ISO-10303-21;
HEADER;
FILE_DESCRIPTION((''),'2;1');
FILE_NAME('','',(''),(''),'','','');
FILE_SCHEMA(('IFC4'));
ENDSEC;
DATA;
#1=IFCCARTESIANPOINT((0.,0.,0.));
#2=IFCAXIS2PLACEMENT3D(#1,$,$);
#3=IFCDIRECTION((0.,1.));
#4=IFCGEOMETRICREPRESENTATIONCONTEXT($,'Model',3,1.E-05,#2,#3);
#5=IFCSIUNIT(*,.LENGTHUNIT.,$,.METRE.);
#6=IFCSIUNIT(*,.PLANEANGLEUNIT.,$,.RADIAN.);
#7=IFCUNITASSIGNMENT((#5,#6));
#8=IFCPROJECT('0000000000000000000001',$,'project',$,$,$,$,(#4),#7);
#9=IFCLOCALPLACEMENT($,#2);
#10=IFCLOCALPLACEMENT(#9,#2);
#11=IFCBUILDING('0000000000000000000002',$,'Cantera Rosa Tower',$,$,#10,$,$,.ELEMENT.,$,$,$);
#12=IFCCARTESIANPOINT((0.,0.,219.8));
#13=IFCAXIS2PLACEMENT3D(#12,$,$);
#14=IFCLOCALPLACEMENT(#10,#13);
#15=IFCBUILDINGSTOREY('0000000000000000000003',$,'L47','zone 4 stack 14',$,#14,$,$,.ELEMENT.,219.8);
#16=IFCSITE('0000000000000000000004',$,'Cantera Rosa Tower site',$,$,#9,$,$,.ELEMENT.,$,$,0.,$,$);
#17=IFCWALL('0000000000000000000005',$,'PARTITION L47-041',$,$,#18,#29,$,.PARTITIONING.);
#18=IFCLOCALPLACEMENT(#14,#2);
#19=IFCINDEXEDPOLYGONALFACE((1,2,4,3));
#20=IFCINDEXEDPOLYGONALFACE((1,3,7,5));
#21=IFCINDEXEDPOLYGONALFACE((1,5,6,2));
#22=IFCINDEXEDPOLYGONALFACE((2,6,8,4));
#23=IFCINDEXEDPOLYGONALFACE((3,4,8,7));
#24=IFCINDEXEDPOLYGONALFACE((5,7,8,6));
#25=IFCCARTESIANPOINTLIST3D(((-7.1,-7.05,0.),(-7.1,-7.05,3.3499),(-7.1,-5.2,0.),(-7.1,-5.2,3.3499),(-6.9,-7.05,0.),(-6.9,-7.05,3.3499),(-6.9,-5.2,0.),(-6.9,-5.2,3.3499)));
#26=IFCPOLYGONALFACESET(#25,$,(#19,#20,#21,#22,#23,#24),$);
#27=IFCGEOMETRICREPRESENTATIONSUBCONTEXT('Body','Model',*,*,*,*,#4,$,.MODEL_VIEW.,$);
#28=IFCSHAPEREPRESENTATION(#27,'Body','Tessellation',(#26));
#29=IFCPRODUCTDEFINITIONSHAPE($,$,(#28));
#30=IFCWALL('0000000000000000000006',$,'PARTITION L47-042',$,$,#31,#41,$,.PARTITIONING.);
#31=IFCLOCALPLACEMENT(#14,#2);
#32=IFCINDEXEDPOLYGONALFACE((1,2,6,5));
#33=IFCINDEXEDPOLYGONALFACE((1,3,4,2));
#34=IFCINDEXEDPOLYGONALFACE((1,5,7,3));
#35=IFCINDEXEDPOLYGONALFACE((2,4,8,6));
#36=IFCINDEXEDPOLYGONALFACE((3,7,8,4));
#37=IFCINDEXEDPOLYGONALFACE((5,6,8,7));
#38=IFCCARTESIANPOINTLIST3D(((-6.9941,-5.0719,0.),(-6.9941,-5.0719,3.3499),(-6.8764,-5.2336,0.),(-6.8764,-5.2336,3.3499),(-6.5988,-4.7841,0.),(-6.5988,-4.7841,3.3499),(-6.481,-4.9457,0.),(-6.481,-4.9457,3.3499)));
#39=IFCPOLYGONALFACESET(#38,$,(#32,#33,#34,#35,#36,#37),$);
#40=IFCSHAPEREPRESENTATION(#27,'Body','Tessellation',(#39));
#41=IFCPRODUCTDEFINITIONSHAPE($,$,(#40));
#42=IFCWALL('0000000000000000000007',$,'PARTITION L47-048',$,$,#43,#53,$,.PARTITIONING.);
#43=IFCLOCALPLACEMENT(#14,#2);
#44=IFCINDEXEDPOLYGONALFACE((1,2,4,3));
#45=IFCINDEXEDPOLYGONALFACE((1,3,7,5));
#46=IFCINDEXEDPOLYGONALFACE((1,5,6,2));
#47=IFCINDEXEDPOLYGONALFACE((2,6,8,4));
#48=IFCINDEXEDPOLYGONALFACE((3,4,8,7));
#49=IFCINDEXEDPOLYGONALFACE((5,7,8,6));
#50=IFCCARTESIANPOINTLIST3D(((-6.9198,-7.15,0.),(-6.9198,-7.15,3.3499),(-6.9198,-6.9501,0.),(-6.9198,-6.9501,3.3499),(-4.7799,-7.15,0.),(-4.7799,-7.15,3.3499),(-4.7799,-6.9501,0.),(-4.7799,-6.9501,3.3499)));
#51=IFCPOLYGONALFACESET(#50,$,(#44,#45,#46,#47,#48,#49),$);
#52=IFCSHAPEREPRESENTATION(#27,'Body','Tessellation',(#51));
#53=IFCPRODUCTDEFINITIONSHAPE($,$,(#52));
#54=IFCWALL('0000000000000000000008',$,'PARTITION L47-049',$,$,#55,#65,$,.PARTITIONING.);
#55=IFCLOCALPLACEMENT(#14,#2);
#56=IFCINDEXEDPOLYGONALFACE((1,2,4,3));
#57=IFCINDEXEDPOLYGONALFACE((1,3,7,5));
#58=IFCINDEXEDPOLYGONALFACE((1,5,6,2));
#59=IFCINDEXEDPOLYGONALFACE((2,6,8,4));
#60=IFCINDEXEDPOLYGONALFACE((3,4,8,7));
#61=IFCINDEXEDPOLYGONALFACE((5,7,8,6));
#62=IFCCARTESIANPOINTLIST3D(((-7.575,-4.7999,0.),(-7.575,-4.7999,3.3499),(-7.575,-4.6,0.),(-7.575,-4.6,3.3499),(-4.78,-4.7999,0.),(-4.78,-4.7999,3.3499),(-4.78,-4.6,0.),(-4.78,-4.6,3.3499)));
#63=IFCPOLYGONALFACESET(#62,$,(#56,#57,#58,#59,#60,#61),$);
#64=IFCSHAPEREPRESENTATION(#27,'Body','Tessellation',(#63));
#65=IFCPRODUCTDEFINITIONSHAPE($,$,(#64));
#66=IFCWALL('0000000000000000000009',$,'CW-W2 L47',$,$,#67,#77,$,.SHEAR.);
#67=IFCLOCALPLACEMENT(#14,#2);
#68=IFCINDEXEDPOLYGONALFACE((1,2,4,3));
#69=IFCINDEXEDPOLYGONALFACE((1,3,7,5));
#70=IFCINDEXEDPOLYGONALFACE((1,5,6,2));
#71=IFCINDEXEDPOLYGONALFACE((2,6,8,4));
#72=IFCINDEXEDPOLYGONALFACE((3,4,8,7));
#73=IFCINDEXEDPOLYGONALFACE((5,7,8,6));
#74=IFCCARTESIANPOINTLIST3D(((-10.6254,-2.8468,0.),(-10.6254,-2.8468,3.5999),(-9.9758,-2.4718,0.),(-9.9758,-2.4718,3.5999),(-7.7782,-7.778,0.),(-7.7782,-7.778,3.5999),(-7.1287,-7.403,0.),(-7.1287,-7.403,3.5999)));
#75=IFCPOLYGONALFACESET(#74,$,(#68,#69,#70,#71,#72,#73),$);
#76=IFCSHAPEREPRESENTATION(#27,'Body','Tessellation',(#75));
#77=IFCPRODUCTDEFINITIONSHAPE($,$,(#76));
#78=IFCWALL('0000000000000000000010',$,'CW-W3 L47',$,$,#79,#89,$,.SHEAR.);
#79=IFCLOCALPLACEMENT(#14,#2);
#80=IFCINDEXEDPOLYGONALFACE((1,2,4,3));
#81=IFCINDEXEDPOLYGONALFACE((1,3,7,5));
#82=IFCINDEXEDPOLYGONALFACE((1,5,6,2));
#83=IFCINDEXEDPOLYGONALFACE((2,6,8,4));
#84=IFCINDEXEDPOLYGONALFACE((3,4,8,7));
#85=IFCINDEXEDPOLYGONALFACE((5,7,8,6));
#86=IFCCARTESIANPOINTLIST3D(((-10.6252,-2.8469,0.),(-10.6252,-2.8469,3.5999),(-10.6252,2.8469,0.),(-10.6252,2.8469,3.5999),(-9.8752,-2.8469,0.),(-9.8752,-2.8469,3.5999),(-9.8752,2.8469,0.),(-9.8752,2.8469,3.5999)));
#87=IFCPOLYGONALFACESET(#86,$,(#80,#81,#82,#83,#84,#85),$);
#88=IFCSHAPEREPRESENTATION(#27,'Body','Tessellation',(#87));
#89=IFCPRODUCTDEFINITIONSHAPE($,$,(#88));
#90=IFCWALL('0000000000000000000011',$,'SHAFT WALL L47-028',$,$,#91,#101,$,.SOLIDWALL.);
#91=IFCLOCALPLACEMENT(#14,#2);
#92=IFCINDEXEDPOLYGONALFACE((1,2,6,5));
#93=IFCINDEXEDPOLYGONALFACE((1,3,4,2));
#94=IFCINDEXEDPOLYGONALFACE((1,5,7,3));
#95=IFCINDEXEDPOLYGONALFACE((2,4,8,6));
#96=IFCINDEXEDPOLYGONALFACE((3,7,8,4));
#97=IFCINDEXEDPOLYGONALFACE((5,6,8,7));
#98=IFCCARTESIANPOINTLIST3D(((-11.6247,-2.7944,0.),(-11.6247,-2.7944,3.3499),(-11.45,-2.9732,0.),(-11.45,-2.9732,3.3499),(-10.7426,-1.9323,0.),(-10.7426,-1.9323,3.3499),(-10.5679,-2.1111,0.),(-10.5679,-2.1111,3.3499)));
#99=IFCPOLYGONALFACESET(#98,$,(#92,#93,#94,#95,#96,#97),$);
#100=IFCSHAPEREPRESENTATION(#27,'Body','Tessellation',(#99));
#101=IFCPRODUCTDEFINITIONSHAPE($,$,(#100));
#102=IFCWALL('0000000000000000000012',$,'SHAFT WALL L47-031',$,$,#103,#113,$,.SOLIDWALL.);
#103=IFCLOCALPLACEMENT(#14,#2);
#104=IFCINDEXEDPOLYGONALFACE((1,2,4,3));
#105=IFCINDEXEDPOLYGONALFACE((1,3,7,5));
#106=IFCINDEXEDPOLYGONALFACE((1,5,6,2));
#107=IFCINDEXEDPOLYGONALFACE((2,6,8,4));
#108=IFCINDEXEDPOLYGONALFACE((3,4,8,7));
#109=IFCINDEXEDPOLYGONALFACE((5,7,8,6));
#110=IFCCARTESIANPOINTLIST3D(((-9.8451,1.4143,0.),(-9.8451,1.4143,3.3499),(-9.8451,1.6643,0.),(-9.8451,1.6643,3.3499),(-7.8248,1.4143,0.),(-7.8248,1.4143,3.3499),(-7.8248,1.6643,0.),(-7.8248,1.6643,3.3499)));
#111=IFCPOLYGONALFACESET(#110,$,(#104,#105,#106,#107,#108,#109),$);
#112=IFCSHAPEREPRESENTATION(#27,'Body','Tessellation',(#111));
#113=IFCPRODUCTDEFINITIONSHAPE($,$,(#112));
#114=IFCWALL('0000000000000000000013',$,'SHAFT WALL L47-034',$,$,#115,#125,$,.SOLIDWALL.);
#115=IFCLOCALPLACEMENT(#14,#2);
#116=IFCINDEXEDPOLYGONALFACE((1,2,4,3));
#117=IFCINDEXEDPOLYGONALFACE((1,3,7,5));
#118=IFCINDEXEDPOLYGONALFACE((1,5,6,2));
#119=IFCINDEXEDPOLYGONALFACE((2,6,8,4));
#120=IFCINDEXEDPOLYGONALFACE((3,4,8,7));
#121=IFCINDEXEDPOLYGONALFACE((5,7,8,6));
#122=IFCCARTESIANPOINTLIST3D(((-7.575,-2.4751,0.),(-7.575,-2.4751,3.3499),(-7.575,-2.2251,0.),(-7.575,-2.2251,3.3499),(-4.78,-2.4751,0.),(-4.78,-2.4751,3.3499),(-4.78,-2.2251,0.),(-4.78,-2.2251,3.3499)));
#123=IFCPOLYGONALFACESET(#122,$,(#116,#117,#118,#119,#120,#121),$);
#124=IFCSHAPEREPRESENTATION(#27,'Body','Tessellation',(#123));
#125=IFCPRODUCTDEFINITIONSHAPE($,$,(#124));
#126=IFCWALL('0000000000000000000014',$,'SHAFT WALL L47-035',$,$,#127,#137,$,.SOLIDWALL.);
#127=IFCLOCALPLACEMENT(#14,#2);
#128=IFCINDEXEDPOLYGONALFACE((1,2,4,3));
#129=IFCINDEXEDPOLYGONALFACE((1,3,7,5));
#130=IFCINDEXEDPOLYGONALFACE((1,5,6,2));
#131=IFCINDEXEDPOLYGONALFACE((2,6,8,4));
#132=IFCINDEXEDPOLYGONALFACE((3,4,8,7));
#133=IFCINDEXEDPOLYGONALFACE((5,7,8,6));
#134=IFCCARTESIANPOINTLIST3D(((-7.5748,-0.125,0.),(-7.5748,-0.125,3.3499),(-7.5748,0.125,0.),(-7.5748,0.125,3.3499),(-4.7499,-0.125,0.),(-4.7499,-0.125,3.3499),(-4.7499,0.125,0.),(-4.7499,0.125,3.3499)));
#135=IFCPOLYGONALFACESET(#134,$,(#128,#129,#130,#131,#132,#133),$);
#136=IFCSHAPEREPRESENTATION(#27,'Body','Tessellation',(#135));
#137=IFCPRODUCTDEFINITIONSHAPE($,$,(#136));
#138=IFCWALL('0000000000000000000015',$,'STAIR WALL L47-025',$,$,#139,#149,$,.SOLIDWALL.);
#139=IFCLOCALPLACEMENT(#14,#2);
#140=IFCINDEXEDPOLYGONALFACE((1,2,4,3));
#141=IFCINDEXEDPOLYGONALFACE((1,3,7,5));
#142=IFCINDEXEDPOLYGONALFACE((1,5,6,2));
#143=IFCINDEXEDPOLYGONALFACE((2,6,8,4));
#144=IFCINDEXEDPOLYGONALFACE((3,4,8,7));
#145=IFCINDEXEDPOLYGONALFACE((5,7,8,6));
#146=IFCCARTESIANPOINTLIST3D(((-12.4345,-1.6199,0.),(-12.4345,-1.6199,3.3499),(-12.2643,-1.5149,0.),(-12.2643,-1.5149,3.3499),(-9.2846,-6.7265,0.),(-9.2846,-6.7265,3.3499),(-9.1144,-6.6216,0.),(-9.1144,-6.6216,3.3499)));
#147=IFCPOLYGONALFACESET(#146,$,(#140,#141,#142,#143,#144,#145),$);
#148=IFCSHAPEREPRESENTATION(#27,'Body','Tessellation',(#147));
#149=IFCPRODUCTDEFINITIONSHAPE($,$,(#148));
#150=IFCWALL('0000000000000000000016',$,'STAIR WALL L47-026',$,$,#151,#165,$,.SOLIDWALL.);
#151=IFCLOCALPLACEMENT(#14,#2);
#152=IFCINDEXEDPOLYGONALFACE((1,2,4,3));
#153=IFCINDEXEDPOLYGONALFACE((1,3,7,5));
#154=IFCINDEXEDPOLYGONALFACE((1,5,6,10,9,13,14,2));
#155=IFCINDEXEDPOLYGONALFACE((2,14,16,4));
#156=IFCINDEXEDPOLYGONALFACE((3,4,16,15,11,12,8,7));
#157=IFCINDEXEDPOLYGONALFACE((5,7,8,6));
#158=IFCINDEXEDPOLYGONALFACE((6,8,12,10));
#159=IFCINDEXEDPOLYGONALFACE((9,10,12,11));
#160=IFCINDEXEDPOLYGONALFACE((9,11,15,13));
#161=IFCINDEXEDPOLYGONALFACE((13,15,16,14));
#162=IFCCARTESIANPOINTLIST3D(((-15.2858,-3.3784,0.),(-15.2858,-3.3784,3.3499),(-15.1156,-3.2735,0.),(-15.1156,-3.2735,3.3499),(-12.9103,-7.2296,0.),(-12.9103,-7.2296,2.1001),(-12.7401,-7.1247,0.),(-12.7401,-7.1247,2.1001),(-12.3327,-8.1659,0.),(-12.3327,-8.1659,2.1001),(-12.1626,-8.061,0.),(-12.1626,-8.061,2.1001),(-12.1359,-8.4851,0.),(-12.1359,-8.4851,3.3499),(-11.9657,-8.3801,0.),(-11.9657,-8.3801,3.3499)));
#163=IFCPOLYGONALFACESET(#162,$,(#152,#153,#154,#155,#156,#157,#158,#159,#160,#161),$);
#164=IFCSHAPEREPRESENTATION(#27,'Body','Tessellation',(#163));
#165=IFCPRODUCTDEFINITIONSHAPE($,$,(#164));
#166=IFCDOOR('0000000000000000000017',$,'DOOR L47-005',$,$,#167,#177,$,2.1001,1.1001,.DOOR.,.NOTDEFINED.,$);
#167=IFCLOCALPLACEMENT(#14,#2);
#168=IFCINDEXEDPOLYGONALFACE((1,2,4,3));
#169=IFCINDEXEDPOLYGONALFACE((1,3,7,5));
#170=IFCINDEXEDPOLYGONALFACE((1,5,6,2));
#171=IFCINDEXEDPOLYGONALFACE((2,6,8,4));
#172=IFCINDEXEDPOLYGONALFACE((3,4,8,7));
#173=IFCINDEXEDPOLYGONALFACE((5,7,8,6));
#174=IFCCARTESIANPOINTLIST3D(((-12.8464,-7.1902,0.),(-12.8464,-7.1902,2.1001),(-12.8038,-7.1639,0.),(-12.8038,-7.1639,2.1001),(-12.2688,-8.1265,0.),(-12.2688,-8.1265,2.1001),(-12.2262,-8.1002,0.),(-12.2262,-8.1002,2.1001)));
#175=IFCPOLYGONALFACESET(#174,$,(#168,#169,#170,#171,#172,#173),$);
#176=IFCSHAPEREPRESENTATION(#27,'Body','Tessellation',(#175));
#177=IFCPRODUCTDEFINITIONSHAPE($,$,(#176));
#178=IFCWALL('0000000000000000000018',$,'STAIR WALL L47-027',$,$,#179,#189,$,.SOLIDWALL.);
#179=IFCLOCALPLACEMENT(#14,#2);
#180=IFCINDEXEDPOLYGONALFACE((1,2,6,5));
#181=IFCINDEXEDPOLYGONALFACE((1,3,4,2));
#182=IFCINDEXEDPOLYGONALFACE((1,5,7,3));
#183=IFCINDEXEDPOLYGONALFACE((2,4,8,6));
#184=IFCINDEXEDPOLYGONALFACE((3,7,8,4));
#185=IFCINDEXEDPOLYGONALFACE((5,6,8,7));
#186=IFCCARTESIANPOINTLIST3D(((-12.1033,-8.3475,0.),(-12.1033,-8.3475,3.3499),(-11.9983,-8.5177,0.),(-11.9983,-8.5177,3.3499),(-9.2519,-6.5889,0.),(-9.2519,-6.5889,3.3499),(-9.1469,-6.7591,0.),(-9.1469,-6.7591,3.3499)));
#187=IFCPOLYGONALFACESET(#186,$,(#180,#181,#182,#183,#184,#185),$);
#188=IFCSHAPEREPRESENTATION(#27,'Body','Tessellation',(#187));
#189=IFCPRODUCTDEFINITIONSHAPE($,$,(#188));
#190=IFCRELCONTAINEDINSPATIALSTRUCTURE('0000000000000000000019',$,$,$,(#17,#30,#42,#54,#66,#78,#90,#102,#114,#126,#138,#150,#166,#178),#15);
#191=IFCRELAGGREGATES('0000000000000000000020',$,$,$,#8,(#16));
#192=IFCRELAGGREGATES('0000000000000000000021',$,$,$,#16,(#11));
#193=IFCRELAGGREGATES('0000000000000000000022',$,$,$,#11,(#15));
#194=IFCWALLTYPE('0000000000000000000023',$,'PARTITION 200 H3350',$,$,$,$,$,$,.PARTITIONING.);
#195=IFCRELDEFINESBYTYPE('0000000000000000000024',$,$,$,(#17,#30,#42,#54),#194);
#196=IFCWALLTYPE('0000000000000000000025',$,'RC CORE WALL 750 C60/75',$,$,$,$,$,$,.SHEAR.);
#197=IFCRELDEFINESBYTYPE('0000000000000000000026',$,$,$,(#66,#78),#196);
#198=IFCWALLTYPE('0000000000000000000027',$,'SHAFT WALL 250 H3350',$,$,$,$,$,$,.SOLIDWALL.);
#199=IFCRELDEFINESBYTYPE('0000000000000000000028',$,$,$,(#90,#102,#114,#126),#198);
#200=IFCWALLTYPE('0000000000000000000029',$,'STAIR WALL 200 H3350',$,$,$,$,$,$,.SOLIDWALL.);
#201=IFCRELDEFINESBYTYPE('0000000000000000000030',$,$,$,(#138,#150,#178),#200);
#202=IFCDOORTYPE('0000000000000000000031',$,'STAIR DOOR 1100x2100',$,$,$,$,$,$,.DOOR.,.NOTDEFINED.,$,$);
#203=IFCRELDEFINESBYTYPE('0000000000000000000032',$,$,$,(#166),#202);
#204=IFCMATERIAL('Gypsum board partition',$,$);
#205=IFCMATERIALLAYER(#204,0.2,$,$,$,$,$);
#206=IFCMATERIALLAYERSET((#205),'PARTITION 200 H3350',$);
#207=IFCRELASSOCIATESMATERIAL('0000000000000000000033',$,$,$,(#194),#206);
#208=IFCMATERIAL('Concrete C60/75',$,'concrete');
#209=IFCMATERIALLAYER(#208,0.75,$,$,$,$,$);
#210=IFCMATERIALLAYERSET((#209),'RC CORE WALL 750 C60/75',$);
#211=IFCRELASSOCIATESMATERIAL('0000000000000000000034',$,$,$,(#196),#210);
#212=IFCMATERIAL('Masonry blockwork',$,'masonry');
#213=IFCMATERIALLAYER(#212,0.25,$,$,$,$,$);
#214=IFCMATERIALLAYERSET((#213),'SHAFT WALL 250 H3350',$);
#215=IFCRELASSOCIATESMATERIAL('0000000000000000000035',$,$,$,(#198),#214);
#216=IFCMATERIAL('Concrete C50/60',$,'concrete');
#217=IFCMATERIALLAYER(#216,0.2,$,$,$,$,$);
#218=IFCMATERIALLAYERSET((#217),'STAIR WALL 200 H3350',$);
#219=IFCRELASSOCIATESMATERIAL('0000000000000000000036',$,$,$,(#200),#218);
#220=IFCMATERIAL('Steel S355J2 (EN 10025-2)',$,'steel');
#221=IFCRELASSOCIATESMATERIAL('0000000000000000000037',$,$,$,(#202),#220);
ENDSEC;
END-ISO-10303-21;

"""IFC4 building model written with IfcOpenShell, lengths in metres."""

from ifc_helpers import new_model, si_unit, direction, frame, frame_2d, origin, place, context, subcontext, project, spatial, rectangle, extrude, material, layer, layer_set, type_object, element, fill, save


model = new_model("IFC4")

# Units and contexts
model_context = context("Model", 3, precision=1e-05, world=origin(), true_north=direction((0.0, 1.0)))
body_context = subcontext(model_context, "Body", "Model", "MODEL_VIEW")
ifc_project = project(units=[si_unit("LENGTHUNIT", "METRE"), si_unit("PLANEANGLEUNIT", "RADIAN")], contexts=[model_context])

# Site, building, storey
site_placement = place(None, origin())
site = spatial("IfcSite", under=ifc_project, at=site_placement, Name="Cantera Rosa Tower site", CompositionType="ELEMENT", RefElevation=0.0)
building_placement = place(site_placement, origin())
building = spatial("IfcBuilding", under=site, at=building_placement, Name="Cantera Rosa Tower", CompositionType="ELEMENT")
storey_placement = place(building_placement, frame((0.0, 0.0, 219.8)))
storey = spatial("IfcBuildingStorey", under=building, at=storey_placement, Name="L47", Description="zone 4 stack 14", CompositionType="ELEMENT", Elevation=219.8)

# Walls
ifc_material_1 = material(Name="Gypsum board partition")
ifc_layer_1 = layer(ifc_material_1, 0.2)
ifc_layer_set_1 = layer_set([ifc_layer_1], Name="PARTITION 200 H3350")
wall_type_1 = type_object("IfcWallType", Name="PARTITION 200 H3350", PredefinedType="PARTITIONING", material=ifc_layer_set_1)
wall_1_placement = place(storey_placement, frame((-7.0, -7.05, 0.0), z_axis=(0.0, 0.0, 1.0), x_axis=(0.0, 1.0, 0.0)))
element("IfcWall", 1, at=wall_1_placement, inside=storey, type_object=wall_type_1, Name="PARTITION L47-041", PredefinedType="PARTITIONING", context=body_context, shape_type="SweptSolid", body=[
    extrude(rectangle(XDim=1.8501, YDim=0.2, at=frame_2d((0.925, 0.0))), origin(), (0.0, 0.0, 1.0), 3.3499),
])
wall_2_placement = place(storey_placement, frame((-6.9353, -5.1528, 0.0), z_axis=(0.0, 0.0, 1.0), x_axis=(0.808369, 0.588676, 0.0)))
element("IfcWall", 2, at=wall_2_placement, inside=storey, type_object=wall_type_1, Name="PARTITION L47-042", PredefinedType="PARTITIONING", context=body_context, shape_type="SweptSolid", body=[
    extrude(rectangle(XDim=0.489, YDim=0.2, at=frame_2d((0.2446, 0.0))), origin(), (0.0, 0.0, 1.0), 3.3499),
])
wall_3_placement = place(storey_placement, frame((-4.78, -7.05, 0.0), z_axis=(0.0, 0.0, 1.0), x_axis=(-1.0, 0.0, 0.0)))
element("IfcWall", 3, at=wall_3_placement, inside=storey, type_object=wall_type_1, Name="PARTITION L47-048", PredefinedType="PARTITIONING", context=body_context, shape_type="SweptSolid", body=[
    extrude(rectangle(XDim=2.1399, YDim=0.2, at=frame_2d((1.0698, 0.0))), origin(), (0.0, 0.0, 1.0), 3.3499),
])
wall_4_placement = place(storey_placement, frame((-4.78, -4.7, 0.0), z_axis=(0.0, 0.0, 1.0), x_axis=(-1.0, 0.0, 0.0)))
element("IfcWall", 4, at=wall_4_placement, inside=storey, type_object=wall_type_1, Name="PARTITION L47-049", PredefinedType="PARTITIONING", context=body_context, shape_type="SweptSolid", body=[
    extrude(rectangle(XDim=2.7949, YDim=0.2, at=frame_2d((1.3975, 0.0))), origin(), (0.0, 0.0, 1.0), 3.3499),
])
ifc_material_2 = material(Name="Concrete C60/75", Category="concrete")
ifc_layer_2 = layer(ifc_material_2, 0.75)
ifc_layer_set_2 = layer_set([ifc_layer_2], Name="RC CORE WALL 750 C60/75")
wall_type_2 = type_object("IfcWallType", Name="RC CORE WALL 750 C60/75", PredefinedType="SHEAR", material=ifc_layer_set_2)
wall_5_placement = place(storey_placement, frame((-7.4534, -7.5906, 0.0), z_axis=(0.0, 0.0, 1.0), x_axis=(-0.500022, 0.866013, 0.0)))
element("IfcWall", 5, at=wall_5_placement, inside=storey, type_object=wall_type_2, Name="CW-W2 L47", PredefinedType="SHEAR", context=body_context, shape_type="SweptSolid", body=[
    extrude(rectangle(XDim=5.6941, YDim=0.75, at=frame_2d((2.8472, 0.0))), origin(), (0.0, 0.0, 1.0), 3.5999),
])
wall_6_placement = place(storey_placement, frame((-10.2502, -2.8469, 0.0), z_axis=(0.0, 0.0, 1.0), x_axis=(0.0, 1.0, 0.0)))
element("IfcWall", 6, at=wall_6_placement, inside=storey, type_object=wall_type_2, Name="CW-W3 L47", PredefinedType="SHEAR", context=body_context, shape_type="SweptSolid", body=[
    extrude(rectangle(XDim=5.6938, YDim=0.75, at=frame_2d((2.8469, 0.0))), origin(), (0.0, 0.0, 1.0), 3.5999),
])
ifc_material_3 = material(Name="Masonry blockwork", Category="masonry")
ifc_layer_3 = layer(ifc_material_3, 0.25)
ifc_layer_set_3 = layer_set([ifc_layer_3], Name="SHAFT WALL 250 H3350")
wall_type_3 = type_object("IfcWallType", Name="SHAFT WALL 250 H3350", PredefinedType="SOLIDWALL", material=ifc_layer_set_3)
wall_7_placement = place(storey_placement, frame((-11.5374, -2.8838, 0.0), z_axis=(0.0, 0.0, 1.0), x_axis=(0.715176, 0.698944, 0.0)))
element("IfcWall", 7, at=wall_7_placement, inside=storey, type_object=wall_type_3, Name="SHAFT WALL L47-028", PredefinedType="SOLIDWALL", context=body_context, shape_type="SweptSolid", body=[
    extrude(rectangle(XDim=1.2334, YDim=0.25, at=frame_2d((0.6167, 0.0))), origin(), (0.0, 0.0, 1.0), 3.3499),
])
wall_8_placement = place(storey_placement, frame((-9.8452, 1.5393, 0.0), z_axis=(0.0, 0.0, 1.0), x_axis=(1.0, 0.0, 0.0)))
element("IfcWall", 8, at=wall_8_placement, inside=storey, type_object=wall_type_3, Name="SHAFT WALL L47-031", PredefinedType="SOLIDWALL", context=body_context, shape_type="SweptSolid", body=[
    extrude(rectangle(XDim=2.0203, YDim=0.25, at=frame_2d((1.0103, 0.0))), origin(), (0.0, 0.0, 1.0), 3.3499),
])
wall_9_placement = place(storey_placement, frame((-7.575, -2.3501, 0.0), z_axis=(0.0, 0.0, 1.0), x_axis=(1.0, 0.0, 0.0)))
element("IfcWall", 9, at=wall_9_placement, inside=storey, type_object=wall_type_3, Name="SHAFT WALL L47-034", PredefinedType="SOLIDWALL", context=body_context, shape_type="SweptSolid", body=[
    extrude(rectangle(XDim=2.7949, YDim=0.25, at=frame_2d((1.3975, 0.0))), origin(), (0.0, 0.0, 1.0), 3.3499),
])
wall_10_placement = place(storey_placement, frame((-7.575, 0.0, 0.0), z_axis=(0.0, 0.0, 1.0), x_axis=(1.0, 0.0, 0.0)))
element("IfcWall", 10, at=wall_10_placement, inside=storey, type_object=wall_type_3, Name="SHAFT WALL L47-035", PredefinedType="SOLIDWALL", context=body_context, shape_type="SweptSolid", body=[
    extrude(rectangle(XDim=2.825, YDim=0.25, at=frame_2d((1.4126, 0.0))), origin(), (0.0, 0.0, 1.0), 3.3499),
])
ifc_material_4 = material(Name="Concrete C50/60", Category="concrete")
ifc_layer_4 = layer(ifc_material_4, 0.2)
ifc_layer_set_4 = layer_set([ifc_layer_4], Name="STAIR WALL 200 H3350")
wall_type_4 = type_object("IfcWallType", Name="STAIR WALL 200 H3350", PredefinedType="SOLIDWALL", material=ifc_layer_set_4)
wall_11_placement = place(storey_placement, frame((-12.3494, -1.5674, 0.0), z_axis=(0.0, 0.0, 1.0), x_axis=(0.524983, -0.851113, 0.0)))
element("IfcWall", 11, at=wall_11_placement, inside=storey, type_object=wall_type_4, Name="STAIR WALL L47-025", PredefinedType="SOLIDWALL", context=body_context, shape_type="SweptSolid", body=[
    extrude(rectangle(XDim=6.0, YDim=0.2, at=frame_2d((3.0, 0.0))), origin(), (0.0, 0.0, 1.0), 3.3499),
])

# Wall, opening, door
wall_12_placement = place(storey_placement, frame((-12.0508, -8.4326, 0.0), z_axis=(0.0, 0.0, 1.0), x_axis=(-0.524983, 0.851113, 0.0)))
wall_12 = element("IfcWall", 12, at=wall_12_placement, inside=storey, type_object=wall_type_4, Name="STAIR WALL L47-026", PredefinedType="SOLIDWALL", context=body_context, shape_type="SweptSolid", body=[
    extrude(rectangle(XDim=6.0, YDim=0.2, at=frame_2d((3.0, 0.0))), origin(), (0.0, 0.0, 1.0), 3.3499),
])
opening_placement = place(wall_12_placement, frame((0.375, 0.0, 0.0)))
opening = element("IfcOpeningElement", 13, at=opening_placement, cuts=wall_12, PredefinedType="OPENING", context=body_context, shape_type="SweptSolid", body=[
    extrude(rectangle(XDim=1.1001, YDim=2.1001, at=frame_2d((0.55, 1.05))), frame((0.0, 0.1099, 0.0), z_axis=(0.0, -1.0, 0.0), x_axis=(1.0, 0.0, 0.0)), (0.0, 0.0, 1.0), 0.22),
])
ifc_material_5 = material(Name="Steel S355J2 (EN 10025-2)", Category="steel")
door_type = type_object("IfcDoorType", Name="STAIR DOOR 1100x2100", OperationType="NOTDEFINED", PredefinedType="DOOR", material=ifc_material_5)
door_placement = place(opening_placement, origin())
door = element("IfcDoor", 14, at=door_placement, inside=storey, type_object=door_type, Name="DOOR L47-005", OperationType="NOTDEFINED", OverallHeight=2.1001, OverallWidth=1.1001, PredefinedType="DOOR", context=body_context, shape_type="SweptSolid", body=[
    extrude(rectangle(XDim=1.1001, YDim=2.1001, at=frame_2d((0.55, 1.05))), frame((0.0, 0.0249, 0.0), z_axis=(0.0, -1.0, 0.0), x_axis=(1.0, 0.0, 0.0)), (0.0, 0.0, 1.0), 0.05),
])
fill(opening, door)

# Wall
wall_13_placement = place(storey_placement, frame((-12.0508, -8.4326, 0.0), z_axis=(0.0, 0.0, 1.0), x_axis=(0.85114, 0.524939, 0.0)))
element("IfcWall", 15, at=wall_13_placement, inside=storey, type_object=wall_type_4, Name="STAIR WALL L47-027", PredefinedType="SOLIDWALL", context=body_context, shape_type="SweptSolid", body=[
    extrude(rectangle(XDim=3.3501, YDim=0.2, at=frame_2d((1.675, 0.0))), origin(), (0.0, 0.0, 1.0), 3.3499),
])

save(model, "model.ifc")
